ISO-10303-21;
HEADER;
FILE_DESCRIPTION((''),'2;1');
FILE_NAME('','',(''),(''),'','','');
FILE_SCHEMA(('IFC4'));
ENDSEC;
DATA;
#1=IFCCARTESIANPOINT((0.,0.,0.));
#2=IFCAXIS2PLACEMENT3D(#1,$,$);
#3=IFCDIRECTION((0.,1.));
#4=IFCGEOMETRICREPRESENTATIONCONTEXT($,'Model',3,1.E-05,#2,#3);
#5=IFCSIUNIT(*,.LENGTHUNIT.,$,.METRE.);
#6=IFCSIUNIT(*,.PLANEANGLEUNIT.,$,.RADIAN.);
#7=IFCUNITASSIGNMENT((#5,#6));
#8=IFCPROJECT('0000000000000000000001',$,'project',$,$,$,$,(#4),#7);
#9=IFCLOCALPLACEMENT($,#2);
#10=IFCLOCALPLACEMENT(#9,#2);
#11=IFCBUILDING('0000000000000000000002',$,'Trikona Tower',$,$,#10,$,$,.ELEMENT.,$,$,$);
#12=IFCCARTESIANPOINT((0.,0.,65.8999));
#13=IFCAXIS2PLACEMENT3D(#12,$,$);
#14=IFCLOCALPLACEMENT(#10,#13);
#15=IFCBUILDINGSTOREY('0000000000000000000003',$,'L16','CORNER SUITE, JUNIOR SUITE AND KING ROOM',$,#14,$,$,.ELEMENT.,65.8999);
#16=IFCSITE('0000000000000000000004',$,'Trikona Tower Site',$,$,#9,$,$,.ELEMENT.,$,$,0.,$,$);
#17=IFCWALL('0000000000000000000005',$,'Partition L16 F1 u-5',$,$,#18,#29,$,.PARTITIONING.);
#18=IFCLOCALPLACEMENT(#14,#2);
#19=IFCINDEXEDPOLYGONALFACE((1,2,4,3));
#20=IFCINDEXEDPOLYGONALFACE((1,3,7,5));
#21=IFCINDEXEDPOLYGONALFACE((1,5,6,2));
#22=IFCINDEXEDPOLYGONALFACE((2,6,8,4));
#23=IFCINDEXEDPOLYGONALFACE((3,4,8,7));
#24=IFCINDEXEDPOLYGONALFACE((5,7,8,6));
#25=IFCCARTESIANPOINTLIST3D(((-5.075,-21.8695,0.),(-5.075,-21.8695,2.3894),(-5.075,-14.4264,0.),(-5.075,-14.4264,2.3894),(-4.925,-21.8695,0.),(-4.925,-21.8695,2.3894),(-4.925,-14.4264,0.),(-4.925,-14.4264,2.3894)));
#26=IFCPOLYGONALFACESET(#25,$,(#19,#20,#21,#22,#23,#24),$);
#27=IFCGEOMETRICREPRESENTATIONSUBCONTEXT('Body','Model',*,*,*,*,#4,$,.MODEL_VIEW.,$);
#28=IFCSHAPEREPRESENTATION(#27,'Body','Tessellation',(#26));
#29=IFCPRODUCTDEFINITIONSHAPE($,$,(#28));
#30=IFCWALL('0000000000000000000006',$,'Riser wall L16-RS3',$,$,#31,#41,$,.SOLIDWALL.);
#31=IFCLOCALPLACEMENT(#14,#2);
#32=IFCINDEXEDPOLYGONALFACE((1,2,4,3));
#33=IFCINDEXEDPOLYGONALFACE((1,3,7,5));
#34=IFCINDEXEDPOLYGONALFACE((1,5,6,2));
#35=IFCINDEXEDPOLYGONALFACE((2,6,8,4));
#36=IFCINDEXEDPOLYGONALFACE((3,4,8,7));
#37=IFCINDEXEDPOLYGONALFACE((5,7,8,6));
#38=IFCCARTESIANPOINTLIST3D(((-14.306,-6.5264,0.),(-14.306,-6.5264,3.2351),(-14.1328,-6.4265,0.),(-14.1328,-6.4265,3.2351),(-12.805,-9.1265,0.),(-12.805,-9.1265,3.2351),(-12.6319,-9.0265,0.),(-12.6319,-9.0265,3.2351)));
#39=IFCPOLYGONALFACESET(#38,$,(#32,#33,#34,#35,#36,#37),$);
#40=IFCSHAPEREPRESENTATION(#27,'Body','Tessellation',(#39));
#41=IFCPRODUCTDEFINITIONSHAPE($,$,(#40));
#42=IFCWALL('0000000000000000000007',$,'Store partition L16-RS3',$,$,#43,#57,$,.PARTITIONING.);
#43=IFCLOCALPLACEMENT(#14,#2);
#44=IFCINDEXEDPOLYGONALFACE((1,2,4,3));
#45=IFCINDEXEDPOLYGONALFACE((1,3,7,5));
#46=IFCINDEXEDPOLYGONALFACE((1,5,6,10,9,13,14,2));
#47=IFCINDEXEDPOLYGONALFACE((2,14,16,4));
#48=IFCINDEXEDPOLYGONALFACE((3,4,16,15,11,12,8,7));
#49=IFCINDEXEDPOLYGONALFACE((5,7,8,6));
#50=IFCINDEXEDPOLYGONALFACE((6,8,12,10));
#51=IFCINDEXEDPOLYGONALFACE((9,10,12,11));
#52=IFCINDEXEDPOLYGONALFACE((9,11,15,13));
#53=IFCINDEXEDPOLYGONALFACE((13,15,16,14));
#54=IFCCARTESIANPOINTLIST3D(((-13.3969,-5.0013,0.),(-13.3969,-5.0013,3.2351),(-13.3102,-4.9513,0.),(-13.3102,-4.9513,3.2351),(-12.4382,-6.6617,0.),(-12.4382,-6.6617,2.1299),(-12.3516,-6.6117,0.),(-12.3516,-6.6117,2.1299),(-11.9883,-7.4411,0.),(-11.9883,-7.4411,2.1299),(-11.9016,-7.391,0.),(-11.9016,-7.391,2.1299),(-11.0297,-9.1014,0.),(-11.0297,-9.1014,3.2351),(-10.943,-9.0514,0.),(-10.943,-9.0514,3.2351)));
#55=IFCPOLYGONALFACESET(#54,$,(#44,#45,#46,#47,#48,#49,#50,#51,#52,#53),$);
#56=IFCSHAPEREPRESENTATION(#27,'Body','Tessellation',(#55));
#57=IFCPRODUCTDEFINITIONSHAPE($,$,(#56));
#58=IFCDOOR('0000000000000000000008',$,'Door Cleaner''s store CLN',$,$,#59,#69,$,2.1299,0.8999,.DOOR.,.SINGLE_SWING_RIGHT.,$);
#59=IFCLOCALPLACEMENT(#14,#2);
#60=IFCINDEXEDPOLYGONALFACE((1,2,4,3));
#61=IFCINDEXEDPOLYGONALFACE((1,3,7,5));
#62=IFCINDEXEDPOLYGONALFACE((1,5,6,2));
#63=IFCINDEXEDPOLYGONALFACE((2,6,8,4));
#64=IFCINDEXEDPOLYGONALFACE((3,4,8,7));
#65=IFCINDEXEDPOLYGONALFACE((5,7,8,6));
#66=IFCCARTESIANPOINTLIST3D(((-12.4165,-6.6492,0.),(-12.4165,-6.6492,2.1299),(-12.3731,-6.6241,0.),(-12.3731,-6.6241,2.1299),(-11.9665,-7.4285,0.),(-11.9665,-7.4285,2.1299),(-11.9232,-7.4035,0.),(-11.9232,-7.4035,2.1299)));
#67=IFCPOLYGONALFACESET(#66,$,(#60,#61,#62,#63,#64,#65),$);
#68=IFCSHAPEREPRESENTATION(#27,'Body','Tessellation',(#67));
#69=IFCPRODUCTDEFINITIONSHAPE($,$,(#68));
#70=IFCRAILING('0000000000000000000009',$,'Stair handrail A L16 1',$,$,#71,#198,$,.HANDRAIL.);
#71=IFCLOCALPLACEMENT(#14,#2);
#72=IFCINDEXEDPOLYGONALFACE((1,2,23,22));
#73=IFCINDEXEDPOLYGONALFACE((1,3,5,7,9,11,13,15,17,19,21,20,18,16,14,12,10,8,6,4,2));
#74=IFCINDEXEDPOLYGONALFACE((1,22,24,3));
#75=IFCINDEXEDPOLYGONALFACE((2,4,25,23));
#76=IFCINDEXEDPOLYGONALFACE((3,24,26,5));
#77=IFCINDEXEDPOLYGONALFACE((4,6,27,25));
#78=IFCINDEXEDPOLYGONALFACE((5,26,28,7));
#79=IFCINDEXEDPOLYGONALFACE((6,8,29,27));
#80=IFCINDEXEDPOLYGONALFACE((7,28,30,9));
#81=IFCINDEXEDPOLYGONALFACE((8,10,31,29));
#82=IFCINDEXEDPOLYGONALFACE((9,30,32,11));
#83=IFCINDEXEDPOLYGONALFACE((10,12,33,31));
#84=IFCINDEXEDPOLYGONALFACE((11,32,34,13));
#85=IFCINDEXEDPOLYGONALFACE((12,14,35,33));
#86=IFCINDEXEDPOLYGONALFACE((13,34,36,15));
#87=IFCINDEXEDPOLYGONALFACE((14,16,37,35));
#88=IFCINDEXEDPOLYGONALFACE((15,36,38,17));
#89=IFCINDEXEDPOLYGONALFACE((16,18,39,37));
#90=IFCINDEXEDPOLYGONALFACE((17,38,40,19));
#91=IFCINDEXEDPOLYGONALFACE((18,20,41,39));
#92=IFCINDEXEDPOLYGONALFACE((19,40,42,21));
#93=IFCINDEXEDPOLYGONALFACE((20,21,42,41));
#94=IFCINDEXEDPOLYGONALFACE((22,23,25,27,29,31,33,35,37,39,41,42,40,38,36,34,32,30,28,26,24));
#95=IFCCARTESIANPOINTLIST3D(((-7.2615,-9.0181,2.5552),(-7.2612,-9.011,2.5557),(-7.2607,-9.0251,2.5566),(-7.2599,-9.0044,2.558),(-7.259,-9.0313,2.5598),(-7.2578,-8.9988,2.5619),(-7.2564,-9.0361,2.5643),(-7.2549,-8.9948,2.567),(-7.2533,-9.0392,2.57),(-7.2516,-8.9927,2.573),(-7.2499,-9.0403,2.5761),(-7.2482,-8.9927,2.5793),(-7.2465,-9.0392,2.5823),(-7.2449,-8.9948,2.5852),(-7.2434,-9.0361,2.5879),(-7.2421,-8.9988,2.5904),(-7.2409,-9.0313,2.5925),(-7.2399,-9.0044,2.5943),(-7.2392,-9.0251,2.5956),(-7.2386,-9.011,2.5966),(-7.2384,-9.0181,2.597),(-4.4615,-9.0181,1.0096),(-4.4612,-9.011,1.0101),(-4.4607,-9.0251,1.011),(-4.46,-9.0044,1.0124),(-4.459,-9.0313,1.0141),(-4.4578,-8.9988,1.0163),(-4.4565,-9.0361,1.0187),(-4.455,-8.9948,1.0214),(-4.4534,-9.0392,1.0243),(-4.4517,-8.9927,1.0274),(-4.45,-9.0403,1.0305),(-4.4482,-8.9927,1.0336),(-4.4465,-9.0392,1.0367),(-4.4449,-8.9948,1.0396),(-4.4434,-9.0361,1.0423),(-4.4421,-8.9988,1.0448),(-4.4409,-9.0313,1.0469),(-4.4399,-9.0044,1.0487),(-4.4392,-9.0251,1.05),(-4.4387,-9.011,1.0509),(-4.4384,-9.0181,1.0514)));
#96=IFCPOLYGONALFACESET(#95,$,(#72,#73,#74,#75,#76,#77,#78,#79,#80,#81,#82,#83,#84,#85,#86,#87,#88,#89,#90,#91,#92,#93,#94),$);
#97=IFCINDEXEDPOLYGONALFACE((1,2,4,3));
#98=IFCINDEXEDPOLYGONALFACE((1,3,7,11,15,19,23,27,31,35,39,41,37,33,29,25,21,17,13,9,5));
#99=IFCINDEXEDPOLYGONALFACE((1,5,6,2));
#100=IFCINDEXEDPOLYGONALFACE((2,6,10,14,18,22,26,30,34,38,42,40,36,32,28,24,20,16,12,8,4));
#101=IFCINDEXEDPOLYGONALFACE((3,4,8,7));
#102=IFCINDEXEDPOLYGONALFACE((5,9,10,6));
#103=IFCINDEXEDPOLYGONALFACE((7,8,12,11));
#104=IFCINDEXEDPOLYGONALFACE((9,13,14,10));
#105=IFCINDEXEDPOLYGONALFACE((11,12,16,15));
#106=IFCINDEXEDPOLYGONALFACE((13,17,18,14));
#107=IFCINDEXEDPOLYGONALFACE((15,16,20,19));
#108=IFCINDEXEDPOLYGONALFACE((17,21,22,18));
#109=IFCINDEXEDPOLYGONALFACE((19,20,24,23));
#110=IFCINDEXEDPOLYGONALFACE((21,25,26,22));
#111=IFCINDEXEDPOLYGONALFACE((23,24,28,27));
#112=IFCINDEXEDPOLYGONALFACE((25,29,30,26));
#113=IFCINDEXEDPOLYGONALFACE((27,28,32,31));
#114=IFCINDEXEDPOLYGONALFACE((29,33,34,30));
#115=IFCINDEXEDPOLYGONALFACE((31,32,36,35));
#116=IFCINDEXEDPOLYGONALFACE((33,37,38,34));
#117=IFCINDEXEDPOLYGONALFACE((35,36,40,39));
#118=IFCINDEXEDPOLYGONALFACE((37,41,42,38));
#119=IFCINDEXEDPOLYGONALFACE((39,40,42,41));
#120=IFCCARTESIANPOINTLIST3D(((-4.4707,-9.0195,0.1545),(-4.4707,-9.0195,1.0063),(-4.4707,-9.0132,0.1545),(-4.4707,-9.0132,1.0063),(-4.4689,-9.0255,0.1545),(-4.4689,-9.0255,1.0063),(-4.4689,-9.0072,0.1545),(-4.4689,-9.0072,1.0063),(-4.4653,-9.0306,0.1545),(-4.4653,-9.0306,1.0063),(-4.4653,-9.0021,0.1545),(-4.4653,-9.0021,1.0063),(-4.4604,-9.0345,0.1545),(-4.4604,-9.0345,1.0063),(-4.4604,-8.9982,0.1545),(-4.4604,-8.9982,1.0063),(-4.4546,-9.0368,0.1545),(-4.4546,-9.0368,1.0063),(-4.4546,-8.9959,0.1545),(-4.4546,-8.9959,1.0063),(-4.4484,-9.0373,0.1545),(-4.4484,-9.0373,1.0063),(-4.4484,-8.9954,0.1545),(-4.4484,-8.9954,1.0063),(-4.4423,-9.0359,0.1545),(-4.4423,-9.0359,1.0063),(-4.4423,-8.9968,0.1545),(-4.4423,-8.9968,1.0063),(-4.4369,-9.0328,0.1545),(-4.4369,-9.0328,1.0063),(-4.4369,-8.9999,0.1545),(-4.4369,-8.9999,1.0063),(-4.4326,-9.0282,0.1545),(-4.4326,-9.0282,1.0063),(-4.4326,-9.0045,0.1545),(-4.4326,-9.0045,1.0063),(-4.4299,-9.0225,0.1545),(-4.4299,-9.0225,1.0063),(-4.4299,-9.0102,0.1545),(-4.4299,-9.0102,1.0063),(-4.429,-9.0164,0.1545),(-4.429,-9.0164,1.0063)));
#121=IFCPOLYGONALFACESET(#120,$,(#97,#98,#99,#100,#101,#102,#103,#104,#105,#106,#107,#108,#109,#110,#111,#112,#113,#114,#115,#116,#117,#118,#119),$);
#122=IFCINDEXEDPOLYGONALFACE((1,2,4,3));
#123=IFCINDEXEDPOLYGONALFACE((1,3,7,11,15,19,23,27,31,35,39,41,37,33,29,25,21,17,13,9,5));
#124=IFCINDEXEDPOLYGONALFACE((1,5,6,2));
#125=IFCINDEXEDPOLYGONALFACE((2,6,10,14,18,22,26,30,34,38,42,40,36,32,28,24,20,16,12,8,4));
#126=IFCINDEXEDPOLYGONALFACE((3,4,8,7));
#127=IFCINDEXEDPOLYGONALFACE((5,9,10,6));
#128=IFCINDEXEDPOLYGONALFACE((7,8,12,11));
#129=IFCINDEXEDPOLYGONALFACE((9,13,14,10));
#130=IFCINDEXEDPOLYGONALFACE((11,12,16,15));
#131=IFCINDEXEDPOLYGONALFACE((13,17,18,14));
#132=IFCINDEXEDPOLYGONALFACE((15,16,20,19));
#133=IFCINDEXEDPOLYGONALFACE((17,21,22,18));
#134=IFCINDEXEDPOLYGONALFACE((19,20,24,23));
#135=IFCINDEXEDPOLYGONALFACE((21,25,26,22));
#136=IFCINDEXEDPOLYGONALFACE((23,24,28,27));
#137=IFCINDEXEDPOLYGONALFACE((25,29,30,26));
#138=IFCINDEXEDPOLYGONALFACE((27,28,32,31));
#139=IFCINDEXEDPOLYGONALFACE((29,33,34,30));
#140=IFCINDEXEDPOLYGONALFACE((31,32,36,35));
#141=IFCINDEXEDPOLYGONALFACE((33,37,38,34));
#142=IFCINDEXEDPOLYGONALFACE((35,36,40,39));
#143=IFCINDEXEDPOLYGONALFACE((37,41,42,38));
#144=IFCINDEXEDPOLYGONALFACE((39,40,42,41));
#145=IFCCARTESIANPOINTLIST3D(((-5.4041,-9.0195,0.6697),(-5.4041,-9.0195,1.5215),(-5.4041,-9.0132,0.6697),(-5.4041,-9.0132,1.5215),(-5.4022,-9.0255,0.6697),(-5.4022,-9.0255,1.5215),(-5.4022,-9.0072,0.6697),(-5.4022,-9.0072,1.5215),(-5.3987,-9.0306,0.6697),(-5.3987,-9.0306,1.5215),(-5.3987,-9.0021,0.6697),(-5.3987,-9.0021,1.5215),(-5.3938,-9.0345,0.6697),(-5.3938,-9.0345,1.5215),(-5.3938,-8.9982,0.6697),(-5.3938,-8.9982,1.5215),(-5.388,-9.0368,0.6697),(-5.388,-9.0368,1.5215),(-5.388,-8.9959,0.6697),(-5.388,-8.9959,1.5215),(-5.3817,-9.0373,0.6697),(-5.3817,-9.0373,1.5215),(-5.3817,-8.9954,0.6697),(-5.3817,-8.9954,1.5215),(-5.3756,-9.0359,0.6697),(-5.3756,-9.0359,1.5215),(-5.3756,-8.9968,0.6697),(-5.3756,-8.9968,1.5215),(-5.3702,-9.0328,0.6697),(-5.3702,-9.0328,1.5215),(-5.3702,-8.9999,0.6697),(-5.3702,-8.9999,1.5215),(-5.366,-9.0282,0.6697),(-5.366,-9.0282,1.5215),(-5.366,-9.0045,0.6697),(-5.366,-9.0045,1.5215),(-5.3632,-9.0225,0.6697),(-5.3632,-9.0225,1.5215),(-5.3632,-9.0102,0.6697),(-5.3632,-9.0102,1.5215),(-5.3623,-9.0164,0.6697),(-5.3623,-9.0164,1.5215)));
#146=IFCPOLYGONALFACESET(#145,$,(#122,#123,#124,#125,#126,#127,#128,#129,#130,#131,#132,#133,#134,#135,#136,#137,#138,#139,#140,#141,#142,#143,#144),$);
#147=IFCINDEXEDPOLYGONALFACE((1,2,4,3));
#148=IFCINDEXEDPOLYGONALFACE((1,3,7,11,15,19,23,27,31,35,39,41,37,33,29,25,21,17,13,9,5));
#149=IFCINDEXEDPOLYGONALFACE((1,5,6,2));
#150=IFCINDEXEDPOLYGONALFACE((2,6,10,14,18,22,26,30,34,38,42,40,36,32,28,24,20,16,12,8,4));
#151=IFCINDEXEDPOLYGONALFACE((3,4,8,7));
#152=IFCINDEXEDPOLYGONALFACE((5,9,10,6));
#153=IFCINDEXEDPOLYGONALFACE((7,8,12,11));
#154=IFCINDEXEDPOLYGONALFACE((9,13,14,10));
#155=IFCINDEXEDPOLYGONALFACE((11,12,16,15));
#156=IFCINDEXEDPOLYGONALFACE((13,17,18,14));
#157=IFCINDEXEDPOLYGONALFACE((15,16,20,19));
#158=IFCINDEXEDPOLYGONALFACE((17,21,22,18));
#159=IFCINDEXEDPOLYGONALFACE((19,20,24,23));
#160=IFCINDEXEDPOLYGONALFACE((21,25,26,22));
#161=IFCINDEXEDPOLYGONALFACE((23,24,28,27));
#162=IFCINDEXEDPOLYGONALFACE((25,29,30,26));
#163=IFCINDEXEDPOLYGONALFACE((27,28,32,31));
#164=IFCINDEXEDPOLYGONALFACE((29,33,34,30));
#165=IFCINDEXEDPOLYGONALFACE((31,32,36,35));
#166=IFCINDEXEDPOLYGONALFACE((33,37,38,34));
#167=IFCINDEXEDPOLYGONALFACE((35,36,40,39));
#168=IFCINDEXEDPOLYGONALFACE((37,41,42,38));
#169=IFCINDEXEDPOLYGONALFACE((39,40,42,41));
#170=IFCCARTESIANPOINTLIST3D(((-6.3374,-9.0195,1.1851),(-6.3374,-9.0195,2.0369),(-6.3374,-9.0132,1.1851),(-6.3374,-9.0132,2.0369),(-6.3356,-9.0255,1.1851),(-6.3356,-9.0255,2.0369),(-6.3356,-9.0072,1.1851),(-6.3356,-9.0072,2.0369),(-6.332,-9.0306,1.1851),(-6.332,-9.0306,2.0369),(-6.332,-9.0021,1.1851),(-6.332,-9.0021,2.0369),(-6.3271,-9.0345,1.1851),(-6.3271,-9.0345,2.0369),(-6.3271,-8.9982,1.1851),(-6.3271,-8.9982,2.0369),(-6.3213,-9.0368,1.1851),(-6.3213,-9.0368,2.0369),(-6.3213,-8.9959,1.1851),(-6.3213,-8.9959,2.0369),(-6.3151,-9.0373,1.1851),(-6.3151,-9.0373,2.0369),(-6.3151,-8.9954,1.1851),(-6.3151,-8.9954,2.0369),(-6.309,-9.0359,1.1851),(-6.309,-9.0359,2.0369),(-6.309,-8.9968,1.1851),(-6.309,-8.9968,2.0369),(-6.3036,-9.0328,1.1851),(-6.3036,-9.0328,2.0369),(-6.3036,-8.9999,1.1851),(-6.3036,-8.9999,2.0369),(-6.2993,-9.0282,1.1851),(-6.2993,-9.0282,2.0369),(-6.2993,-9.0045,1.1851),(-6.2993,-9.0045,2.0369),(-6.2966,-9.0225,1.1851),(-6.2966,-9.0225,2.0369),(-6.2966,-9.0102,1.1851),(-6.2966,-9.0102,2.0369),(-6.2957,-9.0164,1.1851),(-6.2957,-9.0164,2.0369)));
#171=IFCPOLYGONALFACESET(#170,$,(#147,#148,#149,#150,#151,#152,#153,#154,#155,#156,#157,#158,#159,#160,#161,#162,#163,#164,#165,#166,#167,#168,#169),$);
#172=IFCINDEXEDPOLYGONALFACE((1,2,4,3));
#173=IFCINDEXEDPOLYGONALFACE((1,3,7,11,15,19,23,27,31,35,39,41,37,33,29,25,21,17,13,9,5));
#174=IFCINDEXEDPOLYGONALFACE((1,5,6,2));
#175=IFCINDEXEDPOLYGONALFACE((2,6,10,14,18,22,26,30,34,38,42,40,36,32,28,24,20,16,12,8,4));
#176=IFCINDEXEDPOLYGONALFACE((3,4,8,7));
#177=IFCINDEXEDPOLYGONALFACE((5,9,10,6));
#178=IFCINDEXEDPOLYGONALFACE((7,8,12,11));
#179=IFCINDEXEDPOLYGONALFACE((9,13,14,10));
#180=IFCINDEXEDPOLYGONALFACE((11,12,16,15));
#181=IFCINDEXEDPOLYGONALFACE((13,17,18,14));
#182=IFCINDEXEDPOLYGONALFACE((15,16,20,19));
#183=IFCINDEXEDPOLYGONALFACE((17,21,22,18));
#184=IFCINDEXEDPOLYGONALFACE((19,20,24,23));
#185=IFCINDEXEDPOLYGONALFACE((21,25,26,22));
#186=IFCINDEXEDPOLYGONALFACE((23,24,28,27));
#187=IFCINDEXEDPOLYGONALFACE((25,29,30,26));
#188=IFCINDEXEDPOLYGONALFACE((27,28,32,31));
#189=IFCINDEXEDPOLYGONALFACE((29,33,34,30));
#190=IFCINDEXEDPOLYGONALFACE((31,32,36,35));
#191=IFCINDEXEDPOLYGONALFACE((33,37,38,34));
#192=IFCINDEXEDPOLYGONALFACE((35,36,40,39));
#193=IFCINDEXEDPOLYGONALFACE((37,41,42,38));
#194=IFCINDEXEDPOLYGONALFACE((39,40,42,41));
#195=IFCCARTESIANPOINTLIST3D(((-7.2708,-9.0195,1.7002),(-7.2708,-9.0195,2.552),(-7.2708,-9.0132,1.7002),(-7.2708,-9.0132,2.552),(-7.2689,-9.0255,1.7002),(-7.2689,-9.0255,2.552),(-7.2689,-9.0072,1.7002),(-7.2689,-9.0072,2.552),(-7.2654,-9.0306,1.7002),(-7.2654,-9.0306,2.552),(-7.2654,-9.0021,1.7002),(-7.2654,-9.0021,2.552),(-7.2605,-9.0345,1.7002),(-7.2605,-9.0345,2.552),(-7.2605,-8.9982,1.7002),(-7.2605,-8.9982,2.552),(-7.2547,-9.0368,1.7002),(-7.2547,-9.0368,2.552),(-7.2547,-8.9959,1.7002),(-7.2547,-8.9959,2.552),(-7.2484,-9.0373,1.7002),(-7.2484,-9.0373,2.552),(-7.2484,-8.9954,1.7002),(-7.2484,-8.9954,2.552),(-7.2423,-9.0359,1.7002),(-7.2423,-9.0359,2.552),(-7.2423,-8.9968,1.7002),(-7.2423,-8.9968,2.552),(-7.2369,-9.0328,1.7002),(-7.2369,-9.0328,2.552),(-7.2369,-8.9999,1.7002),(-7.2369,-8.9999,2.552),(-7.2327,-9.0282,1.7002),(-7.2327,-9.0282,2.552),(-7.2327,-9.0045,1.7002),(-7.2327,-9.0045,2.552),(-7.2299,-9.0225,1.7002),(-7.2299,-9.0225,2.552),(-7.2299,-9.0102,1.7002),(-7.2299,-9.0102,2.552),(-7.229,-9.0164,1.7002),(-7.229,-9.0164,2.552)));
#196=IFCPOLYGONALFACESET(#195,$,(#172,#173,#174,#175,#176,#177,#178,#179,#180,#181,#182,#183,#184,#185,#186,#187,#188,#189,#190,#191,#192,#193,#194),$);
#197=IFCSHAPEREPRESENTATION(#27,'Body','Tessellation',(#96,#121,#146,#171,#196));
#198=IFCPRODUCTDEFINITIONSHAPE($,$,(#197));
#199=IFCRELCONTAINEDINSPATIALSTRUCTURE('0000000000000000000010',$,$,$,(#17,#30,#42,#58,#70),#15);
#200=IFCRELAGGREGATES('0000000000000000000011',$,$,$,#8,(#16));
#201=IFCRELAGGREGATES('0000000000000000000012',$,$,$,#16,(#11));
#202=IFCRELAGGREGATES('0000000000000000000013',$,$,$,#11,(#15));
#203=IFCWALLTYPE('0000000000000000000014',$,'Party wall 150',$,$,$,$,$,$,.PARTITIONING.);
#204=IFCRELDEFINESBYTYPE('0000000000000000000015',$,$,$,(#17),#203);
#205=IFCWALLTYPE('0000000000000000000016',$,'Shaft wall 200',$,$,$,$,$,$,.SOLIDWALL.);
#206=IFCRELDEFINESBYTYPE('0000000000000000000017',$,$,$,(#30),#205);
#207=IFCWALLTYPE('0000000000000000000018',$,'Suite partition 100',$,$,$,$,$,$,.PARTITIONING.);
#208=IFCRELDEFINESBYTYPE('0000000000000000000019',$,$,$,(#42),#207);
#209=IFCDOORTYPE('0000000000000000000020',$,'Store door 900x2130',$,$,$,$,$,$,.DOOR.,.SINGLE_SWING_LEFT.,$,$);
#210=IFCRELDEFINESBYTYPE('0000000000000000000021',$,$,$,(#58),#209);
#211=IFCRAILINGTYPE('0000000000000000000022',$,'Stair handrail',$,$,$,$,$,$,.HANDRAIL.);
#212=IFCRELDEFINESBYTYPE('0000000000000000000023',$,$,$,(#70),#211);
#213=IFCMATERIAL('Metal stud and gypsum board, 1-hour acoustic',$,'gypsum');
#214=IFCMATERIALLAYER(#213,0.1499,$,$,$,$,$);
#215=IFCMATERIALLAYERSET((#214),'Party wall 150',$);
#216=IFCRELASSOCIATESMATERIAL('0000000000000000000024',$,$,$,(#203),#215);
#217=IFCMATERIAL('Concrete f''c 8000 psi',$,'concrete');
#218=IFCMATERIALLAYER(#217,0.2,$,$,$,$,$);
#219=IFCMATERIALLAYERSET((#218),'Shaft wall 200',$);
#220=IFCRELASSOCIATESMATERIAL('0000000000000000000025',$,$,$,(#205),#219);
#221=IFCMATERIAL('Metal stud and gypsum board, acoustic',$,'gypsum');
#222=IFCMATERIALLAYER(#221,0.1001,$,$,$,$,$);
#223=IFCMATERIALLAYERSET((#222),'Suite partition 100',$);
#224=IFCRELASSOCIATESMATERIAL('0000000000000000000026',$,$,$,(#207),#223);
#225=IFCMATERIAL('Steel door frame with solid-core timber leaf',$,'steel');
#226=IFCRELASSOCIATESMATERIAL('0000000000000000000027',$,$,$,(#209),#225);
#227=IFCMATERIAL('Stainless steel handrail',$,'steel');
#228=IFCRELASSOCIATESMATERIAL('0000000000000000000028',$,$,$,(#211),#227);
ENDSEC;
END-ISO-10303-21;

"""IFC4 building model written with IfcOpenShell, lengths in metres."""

from ifc_helpers import new_model, si_unit, direction, frame, frame_2d, origin, origin_2d, place, context, subcontext, project, spatial, rectangle, circle, extrude, material, layer, layer_set, type_object, element, fill, save


model = new_model("IFC4")

# Units and contexts
model_context = context("Model", 3, precision=1e-05, world=origin(), true_north=direction((0.0, 1.0)))
body_context = subcontext(model_context, "Body", "Model", "MODEL_VIEW")
ifc_project = project(units=[si_unit("LENGTHUNIT", "METRE"), si_unit("PLANEANGLEUNIT", "RADIAN")], contexts=[model_context])

# Site, building, storey
site_placement = place(None, origin())
site = spatial("IfcSite", under=ifc_project, at=site_placement, Name="Trikona Tower Site", CompositionType="ELEMENT", RefElevation=0.0)
building_placement = place(site_placement, origin())
building = spatial("IfcBuilding", under=site, at=building_placement, Name="Trikona Tower", CompositionType="ELEMENT")
storey_placement = place(building_placement, frame((0.0, 0.0, 65.8999)))
storey = spatial("IfcBuildingStorey", under=building, at=storey_placement, Name="L16", Description="CORNER SUITE, JUNIOR SUITE AND KING ROOM", CompositionType="ELEMENT", Elevation=65.8999)

# Walls
ifc_material_1 = material(Name="Metal stud and gypsum board, 1-hour acoustic", Category="gypsum")
ifc_layer_1 = layer(ifc_material_1, 0.1499)
ifc_layer_set_1 = layer_set([ifc_layer_1], Name="Party wall 150")
wall_type_1 = type_object("IfcWallType", Name="Party wall 150", PredefinedType="PARTITIONING", material=ifc_layer_set_1)
wall_1_placement = place(storey_placement, frame((-5.0, -14.4263, 0.0), z_axis=(0.0, 0.0, 1.0), x_axis=(0.0, -1.0, 0.0)))
element("IfcWall", 1, at=wall_1_placement, inside=storey, type_object=wall_type_1, Name="Partition L16 F1 u-5", PredefinedType="PARTITIONING", context=body_context, shape_type="SweptSolid", body=[
    extrude(rectangle(XDim=7.4431, YDim=0.1499, at=frame_2d((3.7217, 0.0))), origin(), (0.0, 0.0, 1.0), 2.3894),
])
ifc_material_2 = material(Name="Concrete f'c 8000 psi", Category="concrete")
ifc_layer_2 = layer(ifc_material_2, 0.2)
ifc_layer_set_2 = layer_set([ifc_layer_2], Name="Shaft wall 200")
wall_type_2 = type_object("IfcWallType", Name="Shaft wall 200", PredefinedType="SOLIDWALL", material=ifc_layer_set_2)
wall_2_placement = place(storey_placement, frame((-12.7185, -9.0764, 0.0), z_axis=(0.0, 0.0, 1.0), x_axis=(-0.499952, 0.866053, 0.0)))
element("IfcWall", 2, at=wall_2_placement, inside=storey, type_object=wall_type_2, Name="Riser wall L16-RS3", PredefinedType="SOLIDWALL", context=body_context, shape_type="SweptSolid", body=[
    extrude(rectangle(XDim=3.0022, YDim=0.2, at=frame_2d((1.501, 0.0))), origin(), (0.0, 0.0, 1.0), 3.2351),
])

# Wall, opening, door
ifc_material_3 = material(Name="Metal stud and gypsum board, acoustic", Category="gypsum")
ifc_layer_3 = layer(ifc_material_3, 0.1001)
ifc_layer_set_3 = layer_set([ifc_layer_3], Name="Suite partition 100")
wall_type_3 = type_object("IfcWallType", Name="Suite partition 100", PredefinedType="PARTITIONING", material=ifc_layer_set_3)
wall_3_placement = place(storey_placement, frame((-10.9863, -9.0764, 0.0), z_axis=(0.0, 0.0, 1.0), x_axis=(-0.499999, 0.866026, 0.0)))
wall_3 = element("IfcWall", 3, at=wall_3_placement, inside=storey, type_object=wall_type_3, Name="Store partition L16-RS3", PredefinedType="PARTITIONING", context=body_context, shape_type="SweptSolid", body=[
    extrude(rectangle(XDim=4.7344, YDim=0.1001, at=frame_2d((2.3672, 0.0))), origin(), (0.0, 0.0, 1.0), 3.2351),
])
opening_1_placement = place(wall_3_placement, frame((1.9172, 0.0, 0.0)))
opening_1 = element("IfcOpeningElement", 4, at=opening_1_placement, cuts=wall_3, PredefinedType="OPENING", context=body_context, shape_type="SweptSolid", body=[
    extrude(rectangle(XDim=0.8999, YDim=2.1299, at=frame_2d((0.45, 1.0649))), frame((0.0, 0.0601, 0.0), z_axis=(0.0, -1.0, 0.0), x_axis=(1.0, 0.0, 0.0)), (0.0, 0.0, 1.0), 0.1201),
])
ifc_material_4 = material(Name="Steel door frame with solid-core timber leaf", Category="steel")
door_type_1 = type_object("IfcDoorType", Name="Store door 900x2130", OperationType="SINGLE_SWING_LEFT", PredefinedType="DOOR", material=ifc_material_4)
door_1_placement = place(opening_1_placement, origin())
door_1 = element("IfcDoor", 5, at=door_1_placement, inside=storey, type_object=door_type_1, Name="Door Cleaner's store CLN", OperationType="SINGLE_SWING_RIGHT", OverallHeight=2.1299, OverallWidth=0.8999, PredefinedType="DOOR", context=body_context, shape_type="SweptSolid", body=[
    extrude(rectangle(XDim=0.8999, YDim=2.1299, at=frame_2d((0.45, 1.0649))), frame((0.0, 0.0249, 0.0), z_axis=(0.0, -1.0, 0.0), x_axis=(1.0, 0.0, 0.0)), (0.0, 0.0, 1.0), 0.05),
])
fill(opening_1, door_1)

# Railing
ifc_material_5 = material(Name="Stainless steel handrail", Category="steel")
railing_type = type_object("IfcRailingType", Name="Stair handrail", PredefinedType="HANDRAIL", material=ifc_material_5)
railing_placement = place(storey_placement, frame((-4.45, -9.0164, 0.1545)))
element("IfcRailing", 6, at=railing_placement, inside=storey, type_object=railing_type, Name="Stair handrail A L16 1", PredefinedType="HANDRAIL", context=body_context, shape_type="SweptSolid", body=[
    extrude(circle(Radius=0.0239, at=origin_2d()), frame((0.0, 0.0, 0.876), z_axis=(-0.875472, 0.0, 0.483269), x_axis=(0.0, -1.0, 0.0)), (0.0, 0.0, 1.0), 3.1982),
    extrude(circle(Radius=0.021, at=origin_2d()), origin(), (0.0, 0.0, 1.0), 0.8518),
    extrude(circle(Radius=0.021, at=origin_2d()), frame((-0.9333, 0.0, 0.5151)), (0.0, 0.0, 1.0), 0.8518),
    extrude(circle(Radius=0.021, at=origin_2d()), frame((-1.8667, 0.0, 1.0305)), (0.0, 0.0, 1.0), 0.8518),
    extrude(circle(Radius=0.021, at=origin_2d()), frame((-2.8, 0.0, 1.5457)), (0.0, 0.0, 1.0), 0.8518),
])

save(model, "model.ifc")
